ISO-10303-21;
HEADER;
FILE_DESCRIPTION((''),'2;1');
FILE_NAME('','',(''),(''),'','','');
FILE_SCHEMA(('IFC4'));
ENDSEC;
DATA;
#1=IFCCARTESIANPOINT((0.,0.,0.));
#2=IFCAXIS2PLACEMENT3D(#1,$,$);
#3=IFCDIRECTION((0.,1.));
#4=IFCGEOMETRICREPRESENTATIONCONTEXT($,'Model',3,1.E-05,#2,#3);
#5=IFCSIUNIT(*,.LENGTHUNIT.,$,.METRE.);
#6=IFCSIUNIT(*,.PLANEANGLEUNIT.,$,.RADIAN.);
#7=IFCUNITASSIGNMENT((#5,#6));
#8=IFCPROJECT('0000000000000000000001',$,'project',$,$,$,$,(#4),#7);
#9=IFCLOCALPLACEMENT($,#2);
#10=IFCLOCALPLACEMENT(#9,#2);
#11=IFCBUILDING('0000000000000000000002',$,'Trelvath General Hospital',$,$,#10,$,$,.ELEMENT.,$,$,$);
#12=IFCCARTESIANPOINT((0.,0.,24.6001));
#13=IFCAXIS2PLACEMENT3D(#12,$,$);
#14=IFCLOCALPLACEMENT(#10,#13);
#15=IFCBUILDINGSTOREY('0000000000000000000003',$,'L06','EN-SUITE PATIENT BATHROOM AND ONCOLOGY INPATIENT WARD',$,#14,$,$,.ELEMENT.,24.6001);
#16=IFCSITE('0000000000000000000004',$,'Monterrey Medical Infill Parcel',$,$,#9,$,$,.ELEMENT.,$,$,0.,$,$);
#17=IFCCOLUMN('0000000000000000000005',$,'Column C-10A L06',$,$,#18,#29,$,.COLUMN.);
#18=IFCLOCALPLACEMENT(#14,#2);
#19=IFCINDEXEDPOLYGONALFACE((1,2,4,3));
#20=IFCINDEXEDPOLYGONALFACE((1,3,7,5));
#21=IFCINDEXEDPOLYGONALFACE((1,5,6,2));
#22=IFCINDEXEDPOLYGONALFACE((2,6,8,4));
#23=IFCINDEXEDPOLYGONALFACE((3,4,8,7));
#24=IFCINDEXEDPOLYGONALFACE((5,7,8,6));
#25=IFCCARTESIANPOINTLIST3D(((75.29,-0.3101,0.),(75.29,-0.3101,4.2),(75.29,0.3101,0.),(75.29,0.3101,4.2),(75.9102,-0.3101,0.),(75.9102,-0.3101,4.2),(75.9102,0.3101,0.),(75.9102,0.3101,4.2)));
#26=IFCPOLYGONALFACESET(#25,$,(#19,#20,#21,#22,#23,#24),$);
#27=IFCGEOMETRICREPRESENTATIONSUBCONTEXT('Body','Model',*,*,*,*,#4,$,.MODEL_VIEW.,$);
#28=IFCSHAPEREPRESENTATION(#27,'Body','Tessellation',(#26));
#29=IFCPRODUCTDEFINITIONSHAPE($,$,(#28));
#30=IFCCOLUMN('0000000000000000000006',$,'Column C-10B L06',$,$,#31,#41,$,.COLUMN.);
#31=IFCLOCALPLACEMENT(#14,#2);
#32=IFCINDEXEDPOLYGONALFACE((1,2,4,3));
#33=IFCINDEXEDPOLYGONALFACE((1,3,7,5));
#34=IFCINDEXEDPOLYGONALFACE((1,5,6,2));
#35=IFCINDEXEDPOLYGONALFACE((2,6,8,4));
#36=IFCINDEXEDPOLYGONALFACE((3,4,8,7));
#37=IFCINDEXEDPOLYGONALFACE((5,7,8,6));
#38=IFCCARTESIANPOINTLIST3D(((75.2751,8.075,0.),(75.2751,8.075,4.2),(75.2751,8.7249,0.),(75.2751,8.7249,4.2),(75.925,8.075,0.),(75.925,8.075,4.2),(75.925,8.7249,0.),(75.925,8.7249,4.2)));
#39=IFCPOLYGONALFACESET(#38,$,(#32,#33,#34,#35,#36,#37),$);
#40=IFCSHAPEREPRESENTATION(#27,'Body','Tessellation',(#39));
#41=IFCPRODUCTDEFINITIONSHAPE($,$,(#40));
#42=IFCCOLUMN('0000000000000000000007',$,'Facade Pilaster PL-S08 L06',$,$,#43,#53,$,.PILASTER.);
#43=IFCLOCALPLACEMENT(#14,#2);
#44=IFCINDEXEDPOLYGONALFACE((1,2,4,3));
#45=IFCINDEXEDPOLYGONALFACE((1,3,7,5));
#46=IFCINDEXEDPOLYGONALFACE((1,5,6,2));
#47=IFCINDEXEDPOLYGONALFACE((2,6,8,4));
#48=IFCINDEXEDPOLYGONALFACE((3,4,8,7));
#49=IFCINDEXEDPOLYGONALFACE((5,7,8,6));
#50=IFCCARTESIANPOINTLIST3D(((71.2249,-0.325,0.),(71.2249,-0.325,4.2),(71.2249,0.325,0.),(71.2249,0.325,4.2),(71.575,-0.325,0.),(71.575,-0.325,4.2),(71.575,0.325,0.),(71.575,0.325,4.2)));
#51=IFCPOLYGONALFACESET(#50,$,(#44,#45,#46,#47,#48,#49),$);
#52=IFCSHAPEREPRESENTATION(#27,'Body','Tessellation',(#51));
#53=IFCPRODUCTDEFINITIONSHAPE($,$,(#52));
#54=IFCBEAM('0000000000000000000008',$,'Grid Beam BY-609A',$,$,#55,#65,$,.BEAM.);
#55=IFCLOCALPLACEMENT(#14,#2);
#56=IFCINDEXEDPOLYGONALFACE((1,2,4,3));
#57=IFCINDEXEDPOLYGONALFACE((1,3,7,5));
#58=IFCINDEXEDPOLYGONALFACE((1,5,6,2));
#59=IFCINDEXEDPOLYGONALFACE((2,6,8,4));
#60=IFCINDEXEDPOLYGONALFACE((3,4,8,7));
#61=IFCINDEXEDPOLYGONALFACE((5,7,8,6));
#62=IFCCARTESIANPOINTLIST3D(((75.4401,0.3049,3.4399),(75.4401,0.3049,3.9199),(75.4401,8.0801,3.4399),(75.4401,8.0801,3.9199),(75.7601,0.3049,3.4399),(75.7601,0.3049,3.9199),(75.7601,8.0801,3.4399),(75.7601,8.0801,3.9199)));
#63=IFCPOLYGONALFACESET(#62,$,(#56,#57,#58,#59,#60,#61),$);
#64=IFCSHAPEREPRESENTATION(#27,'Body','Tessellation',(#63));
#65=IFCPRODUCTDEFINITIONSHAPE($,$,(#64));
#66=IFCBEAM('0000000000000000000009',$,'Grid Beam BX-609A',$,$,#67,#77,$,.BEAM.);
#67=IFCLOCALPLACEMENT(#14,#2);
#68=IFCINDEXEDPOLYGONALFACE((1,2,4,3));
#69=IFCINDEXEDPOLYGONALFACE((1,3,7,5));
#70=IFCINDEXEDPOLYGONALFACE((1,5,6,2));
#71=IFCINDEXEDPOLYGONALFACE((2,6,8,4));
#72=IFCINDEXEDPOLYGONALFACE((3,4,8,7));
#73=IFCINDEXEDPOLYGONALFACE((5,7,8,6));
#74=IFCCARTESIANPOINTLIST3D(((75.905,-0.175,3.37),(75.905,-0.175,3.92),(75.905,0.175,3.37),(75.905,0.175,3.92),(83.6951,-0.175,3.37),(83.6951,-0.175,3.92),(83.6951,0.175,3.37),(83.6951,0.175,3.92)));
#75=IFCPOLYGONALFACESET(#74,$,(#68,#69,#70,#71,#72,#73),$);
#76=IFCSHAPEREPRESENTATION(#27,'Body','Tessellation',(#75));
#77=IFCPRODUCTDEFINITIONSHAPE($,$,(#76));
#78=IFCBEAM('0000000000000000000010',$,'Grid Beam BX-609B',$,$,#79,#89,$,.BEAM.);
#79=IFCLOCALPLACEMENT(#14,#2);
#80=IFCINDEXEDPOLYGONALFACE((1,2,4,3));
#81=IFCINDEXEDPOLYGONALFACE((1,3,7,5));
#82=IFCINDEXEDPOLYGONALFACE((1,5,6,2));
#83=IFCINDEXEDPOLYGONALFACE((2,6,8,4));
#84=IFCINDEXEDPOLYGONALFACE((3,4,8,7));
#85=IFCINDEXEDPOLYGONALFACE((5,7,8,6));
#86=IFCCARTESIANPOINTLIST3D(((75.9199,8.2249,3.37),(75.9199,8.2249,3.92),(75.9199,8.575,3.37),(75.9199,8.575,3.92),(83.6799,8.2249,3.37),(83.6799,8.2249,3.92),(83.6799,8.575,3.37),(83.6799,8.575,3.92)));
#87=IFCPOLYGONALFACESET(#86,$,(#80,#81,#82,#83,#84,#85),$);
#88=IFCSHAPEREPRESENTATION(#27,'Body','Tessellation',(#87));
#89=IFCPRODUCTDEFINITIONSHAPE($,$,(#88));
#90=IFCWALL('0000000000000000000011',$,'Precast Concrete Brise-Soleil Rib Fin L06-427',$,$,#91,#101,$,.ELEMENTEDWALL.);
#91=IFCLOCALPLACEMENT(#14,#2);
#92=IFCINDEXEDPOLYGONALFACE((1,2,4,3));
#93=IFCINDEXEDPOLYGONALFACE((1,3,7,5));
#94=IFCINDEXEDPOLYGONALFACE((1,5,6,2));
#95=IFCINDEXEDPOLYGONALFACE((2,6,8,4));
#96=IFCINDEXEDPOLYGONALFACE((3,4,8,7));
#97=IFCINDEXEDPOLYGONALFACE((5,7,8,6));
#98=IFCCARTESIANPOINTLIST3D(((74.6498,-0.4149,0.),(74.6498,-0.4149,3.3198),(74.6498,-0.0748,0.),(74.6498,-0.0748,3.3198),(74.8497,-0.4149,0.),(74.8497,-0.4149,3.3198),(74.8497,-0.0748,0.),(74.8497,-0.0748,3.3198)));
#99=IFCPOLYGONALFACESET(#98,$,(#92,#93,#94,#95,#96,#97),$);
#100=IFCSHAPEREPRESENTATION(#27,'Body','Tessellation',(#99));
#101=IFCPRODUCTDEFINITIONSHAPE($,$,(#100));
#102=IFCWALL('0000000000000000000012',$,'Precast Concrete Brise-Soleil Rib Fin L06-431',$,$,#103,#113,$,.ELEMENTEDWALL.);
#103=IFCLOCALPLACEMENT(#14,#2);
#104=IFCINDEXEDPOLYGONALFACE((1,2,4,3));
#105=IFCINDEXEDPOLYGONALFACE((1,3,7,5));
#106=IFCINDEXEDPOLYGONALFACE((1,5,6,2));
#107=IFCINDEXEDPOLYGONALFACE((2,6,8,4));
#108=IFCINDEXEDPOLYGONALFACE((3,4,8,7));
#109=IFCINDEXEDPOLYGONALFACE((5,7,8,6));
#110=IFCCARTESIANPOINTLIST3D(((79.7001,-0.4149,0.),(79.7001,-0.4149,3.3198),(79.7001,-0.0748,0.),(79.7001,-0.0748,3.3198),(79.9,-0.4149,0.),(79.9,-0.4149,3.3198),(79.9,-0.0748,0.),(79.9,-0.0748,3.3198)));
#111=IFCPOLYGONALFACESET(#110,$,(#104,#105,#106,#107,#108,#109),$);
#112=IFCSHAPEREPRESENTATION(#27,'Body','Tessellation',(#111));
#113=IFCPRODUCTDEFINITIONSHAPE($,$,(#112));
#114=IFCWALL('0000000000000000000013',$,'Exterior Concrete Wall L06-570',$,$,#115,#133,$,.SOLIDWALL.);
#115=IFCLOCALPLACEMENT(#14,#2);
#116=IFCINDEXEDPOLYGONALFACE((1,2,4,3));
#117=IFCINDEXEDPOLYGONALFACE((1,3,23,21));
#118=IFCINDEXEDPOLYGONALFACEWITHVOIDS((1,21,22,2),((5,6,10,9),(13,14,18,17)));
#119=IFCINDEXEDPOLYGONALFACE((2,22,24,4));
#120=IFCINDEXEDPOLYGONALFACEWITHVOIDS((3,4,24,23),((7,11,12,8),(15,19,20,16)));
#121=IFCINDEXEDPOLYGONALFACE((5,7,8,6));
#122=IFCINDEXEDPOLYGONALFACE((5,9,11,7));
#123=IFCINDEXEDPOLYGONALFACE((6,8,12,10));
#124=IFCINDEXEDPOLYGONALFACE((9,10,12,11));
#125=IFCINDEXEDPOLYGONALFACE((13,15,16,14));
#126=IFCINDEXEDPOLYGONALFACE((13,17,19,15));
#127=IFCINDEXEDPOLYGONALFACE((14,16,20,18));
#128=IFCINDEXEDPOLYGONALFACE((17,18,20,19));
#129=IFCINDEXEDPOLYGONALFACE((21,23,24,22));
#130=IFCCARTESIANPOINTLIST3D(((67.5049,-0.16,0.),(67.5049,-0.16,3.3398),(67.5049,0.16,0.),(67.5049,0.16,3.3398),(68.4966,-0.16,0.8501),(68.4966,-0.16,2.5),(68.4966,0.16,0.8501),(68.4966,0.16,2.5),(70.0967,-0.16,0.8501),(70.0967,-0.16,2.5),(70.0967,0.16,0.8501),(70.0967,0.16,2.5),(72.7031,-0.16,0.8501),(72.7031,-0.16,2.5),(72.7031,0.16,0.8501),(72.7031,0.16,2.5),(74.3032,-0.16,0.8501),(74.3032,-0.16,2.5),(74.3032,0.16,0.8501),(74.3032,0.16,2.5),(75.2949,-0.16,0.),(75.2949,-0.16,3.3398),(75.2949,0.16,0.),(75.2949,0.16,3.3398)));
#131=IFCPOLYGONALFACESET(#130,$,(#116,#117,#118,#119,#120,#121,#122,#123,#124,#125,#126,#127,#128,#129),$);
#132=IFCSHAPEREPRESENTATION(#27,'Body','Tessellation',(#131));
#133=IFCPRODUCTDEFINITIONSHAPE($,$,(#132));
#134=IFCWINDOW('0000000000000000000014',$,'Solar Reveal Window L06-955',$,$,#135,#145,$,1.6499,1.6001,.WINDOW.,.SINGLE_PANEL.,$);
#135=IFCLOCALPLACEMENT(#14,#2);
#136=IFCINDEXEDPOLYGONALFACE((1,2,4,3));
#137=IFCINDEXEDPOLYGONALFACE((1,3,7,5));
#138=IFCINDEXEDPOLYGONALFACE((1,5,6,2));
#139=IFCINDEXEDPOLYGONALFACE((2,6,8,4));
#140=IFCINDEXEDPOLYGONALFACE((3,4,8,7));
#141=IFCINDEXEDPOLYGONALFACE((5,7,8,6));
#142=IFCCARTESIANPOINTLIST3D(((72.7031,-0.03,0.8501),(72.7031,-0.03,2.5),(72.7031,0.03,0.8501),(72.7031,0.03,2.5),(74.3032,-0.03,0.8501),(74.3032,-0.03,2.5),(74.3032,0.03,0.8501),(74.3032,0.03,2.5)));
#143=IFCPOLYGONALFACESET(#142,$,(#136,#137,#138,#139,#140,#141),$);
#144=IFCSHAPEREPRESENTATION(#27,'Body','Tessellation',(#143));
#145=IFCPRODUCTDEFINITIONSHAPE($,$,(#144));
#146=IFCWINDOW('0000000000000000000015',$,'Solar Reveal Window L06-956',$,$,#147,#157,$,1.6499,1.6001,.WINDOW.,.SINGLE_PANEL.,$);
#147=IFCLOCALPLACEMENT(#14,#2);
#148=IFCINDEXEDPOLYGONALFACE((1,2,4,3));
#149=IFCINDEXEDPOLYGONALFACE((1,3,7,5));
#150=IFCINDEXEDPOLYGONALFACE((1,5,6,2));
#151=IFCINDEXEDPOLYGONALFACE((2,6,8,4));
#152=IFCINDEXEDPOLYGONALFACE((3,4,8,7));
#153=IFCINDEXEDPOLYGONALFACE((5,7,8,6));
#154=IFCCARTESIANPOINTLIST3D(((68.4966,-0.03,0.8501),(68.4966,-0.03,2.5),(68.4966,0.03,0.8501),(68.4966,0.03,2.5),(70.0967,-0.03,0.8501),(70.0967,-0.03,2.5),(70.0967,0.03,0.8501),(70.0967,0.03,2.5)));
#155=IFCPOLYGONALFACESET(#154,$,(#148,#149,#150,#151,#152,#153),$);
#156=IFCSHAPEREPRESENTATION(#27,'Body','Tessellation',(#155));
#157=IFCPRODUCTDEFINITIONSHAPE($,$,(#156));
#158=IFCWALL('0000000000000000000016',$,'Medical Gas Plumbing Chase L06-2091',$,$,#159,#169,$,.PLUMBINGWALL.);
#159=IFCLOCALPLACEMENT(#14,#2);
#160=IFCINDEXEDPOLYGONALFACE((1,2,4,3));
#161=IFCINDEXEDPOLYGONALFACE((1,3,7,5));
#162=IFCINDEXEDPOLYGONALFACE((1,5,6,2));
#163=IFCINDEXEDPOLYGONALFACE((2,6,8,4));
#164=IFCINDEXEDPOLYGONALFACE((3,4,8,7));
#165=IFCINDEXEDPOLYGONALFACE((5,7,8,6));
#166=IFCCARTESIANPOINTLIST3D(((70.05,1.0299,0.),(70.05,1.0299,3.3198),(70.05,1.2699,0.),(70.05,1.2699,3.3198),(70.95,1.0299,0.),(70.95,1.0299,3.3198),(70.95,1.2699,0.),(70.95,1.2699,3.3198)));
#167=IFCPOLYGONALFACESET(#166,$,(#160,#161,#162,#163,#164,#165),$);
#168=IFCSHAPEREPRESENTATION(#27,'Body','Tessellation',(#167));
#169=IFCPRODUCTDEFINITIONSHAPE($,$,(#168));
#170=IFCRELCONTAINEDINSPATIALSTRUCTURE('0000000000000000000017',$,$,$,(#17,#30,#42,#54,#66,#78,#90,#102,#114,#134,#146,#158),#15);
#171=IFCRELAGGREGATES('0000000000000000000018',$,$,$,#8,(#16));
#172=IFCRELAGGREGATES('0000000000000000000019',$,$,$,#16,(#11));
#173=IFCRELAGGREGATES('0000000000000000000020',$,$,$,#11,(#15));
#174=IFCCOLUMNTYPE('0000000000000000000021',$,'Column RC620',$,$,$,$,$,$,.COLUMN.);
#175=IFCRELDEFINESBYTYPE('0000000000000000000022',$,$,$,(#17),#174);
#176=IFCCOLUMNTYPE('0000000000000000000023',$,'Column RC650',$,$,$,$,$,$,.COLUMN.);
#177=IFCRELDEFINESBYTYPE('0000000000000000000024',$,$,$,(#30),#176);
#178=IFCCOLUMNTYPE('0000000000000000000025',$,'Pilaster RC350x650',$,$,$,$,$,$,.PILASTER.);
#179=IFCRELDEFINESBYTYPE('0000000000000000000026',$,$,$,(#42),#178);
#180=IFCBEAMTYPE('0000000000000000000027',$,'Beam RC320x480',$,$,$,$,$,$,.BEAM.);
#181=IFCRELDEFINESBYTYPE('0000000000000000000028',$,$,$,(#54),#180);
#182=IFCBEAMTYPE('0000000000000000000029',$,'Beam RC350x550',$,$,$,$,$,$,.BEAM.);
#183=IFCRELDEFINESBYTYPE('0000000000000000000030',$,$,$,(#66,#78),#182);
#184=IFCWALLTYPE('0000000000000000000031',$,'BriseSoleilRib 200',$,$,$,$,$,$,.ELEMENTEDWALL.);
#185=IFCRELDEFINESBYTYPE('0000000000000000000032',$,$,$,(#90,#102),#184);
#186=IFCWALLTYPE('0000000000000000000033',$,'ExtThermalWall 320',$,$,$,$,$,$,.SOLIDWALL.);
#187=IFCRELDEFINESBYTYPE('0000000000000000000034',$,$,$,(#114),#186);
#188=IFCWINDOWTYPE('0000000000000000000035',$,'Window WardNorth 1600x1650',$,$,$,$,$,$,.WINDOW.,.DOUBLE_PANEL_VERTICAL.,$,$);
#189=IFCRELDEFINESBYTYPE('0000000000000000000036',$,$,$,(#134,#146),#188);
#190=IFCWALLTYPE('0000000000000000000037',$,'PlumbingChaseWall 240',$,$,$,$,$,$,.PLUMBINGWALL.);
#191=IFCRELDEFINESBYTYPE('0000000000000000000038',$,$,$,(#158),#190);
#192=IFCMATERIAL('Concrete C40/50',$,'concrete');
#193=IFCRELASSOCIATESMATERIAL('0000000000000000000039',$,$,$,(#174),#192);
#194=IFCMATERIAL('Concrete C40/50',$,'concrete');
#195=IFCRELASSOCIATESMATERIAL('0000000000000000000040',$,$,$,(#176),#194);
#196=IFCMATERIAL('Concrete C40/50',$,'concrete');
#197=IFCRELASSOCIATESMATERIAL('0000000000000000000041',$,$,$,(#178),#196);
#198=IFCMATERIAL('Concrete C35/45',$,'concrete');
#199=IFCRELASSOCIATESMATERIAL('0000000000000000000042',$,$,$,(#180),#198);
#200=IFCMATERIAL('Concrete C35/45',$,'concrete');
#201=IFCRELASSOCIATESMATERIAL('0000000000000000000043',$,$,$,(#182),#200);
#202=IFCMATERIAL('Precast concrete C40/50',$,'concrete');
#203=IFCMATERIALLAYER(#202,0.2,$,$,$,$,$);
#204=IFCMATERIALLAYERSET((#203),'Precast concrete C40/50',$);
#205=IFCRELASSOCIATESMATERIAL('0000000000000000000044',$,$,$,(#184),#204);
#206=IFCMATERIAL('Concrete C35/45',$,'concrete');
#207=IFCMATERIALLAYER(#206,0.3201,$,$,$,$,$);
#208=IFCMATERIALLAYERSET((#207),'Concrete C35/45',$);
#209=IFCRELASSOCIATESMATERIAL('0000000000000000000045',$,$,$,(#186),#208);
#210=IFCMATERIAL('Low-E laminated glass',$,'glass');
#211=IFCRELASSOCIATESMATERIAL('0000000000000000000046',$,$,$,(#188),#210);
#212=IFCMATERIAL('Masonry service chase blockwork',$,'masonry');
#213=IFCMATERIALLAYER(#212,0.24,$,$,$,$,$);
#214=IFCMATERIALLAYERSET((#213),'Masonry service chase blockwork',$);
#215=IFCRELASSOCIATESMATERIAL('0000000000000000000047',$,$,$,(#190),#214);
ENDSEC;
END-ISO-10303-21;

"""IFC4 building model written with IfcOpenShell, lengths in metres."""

from ifc_helpers import new_model, si_unit, direction, frame, frame_2d, origin, origin_2d, place, context, subcontext, project, spatial, rectangle, extrude, material, layer, layer_set, material_profile, profile_set, type_object, element, fill, save


model = new_model("IFC4")

# Units and contexts
model_context = context("Model", 3, precision=1e-05, world=origin(), true_north=direction((0.0, 1.0)))
body_context = subcontext(model_context, "Body", "Model", "MODEL_VIEW")
ifc_project = project(units=[si_unit("LENGTHUNIT", "METRE"), si_unit("PLANEANGLEUNIT", "RADIAN")], contexts=[model_context])

# Site, building, storey
site_placement = place(None, origin())
site = spatial("IfcSite", under=ifc_project, at=site_placement, Name="Monterrey Medical Infill Parcel", CompositionType="ELEMENT", RefElevation=0.0)
building_placement = place(site_placement, origin())
building = spatial("IfcBuilding", under=site, at=building_placement, Name="Trelvath General Hospital", CompositionType="ELEMENT")
storey_placement = place(building_placement, frame((0.0, 0.0, 24.6001)))
storey = spatial("IfcBuildingStorey", under=building, at=storey_placement, Name="L06", Description="EN-SUITE PATIENT BATHROOM AND ONCOLOGY INPATIENT WARD", CompositionType="ELEMENT", Elevation=24.6001)

# Columns
ifc_material_1 = material(Name="Concrete C40/50", Category="concrete")
ifc_material_profile_1 = material_profile(ifc_material_1, rectangle(XDim=0.6201, YDim=0.6201, at=origin_2d()), Name="RC620x620")
ifc_profile_set_1 = profile_set([ifc_material_profile_1], Name="Concrete C40/50")
column_type_1 = type_object("IfcColumnType", Name="Column RC620", PredefinedType="COLUMN", material=ifc_profile_set_1)
column_1_placement = place(storey_placement, frame((75.6001, 0.0, 0.0), z_axis=(0.0, 0.0, 1.0), x_axis=(1.0, 0.0, 0.0)))
element("IfcColumn", 1, at=column_1_placement, inside=storey, type_object=column_type_1, Name="Column C-10A L06", PredefinedType="COLUMN", context=body_context, shape_type="SweptSolid", body=[
    extrude(rectangle(XDim=0.6201, YDim=0.6201, at=origin_2d()), origin(), (0.0, 0.0, 1.0), 4.2),
])
ifc_material_2 = material(Name="Concrete C40/50", Category="concrete")
ifc_material_profile_2 = material_profile(ifc_material_2, rectangle(XDim=0.6499, YDim=0.6499, at=origin_2d()), Name="RC650x650")
ifc_profile_set_2 = profile_set([ifc_material_profile_2], Name="Concrete C40/50")
column_type_2 = type_object("IfcColumnType", Name="Column RC650", PredefinedType="COLUMN", material=ifc_profile_set_2)
column_2_placement = place(storey_placement, frame((75.6001, 8.3999, 0.0), z_axis=(0.0, 0.0, 1.0), x_axis=(1.0, 0.0, 0.0)))
element("IfcColumn", 2, at=column_2_placement, inside=storey, type_object=column_type_2, Name="Column C-10B L06", PredefinedType="COLUMN", context=body_context, shape_type="SweptSolid", body=[
    extrude(rectangle(XDim=0.6499, YDim=0.6499, at=origin_2d()), origin(), (0.0, 0.0, 1.0), 4.2),
])
ifc_material_3 = material(Name="Concrete C40/50", Category="concrete")
ifc_material_profile_3 = material_profile(ifc_material_3, rectangle(XDim=0.3501, YDim=0.6499, at=origin_2d()), Name="RC350x650")
ifc_profile_set_3 = profile_set([ifc_material_profile_3], Name="Concrete C40/50")
column_type_3 = type_object("IfcColumnType", Name="Pilaster RC350x650", PredefinedType="PILASTER", material=ifc_profile_set_3)
column_3_placement = place(storey_placement, frame((71.3999, 0.0, 0.0), z_axis=(0.0, 0.0, 1.0), x_axis=(1.0, 0.0, 0.0)))
element("IfcColumn", 3, at=column_3_placement, inside=storey, type_object=column_type_3, Name="Facade Pilaster PL-S08 L06", PredefinedType="PILASTER", context=body_context, shape_type="SweptSolid", body=[
    extrude(rectangle(XDim=0.3501, YDim=0.6499, at=origin_2d()), origin(), (0.0, 0.0, 1.0), 4.2),
])

# Beams
ifc_material_4 = material(Name="Concrete C35/45", Category="concrete")
ifc_material_profile_4 = material_profile(ifc_material_4, rectangle(XDim=0.3201, YDim=0.48, at=origin_2d()), Name="RCB320x480")
ifc_profile_set_4 = profile_set([ifc_material_profile_4], Name="Concrete C35/45")
beam_type_1 = type_object("IfcBeamType", Name="Beam RC320x480", PredefinedType="BEAM", material=ifc_profile_set_4)
beam_1_placement = place(storey_placement, frame((75.6001, 0.3049, 3.6799), z_axis=(0.0, 1.0, 0.0), x_axis=(-1.0, 0.0, 0.0)))
element("IfcBeam", 4, at=beam_1_placement, inside=storey, type_object=beam_type_1, Name="Grid Beam BY-609A", PredefinedType="BEAM", context=body_context, shape_type="SweptSolid", body=[
    extrude(rectangle(XDim=0.3201, YDim=0.48, at=origin_2d()), origin(), (0.0, 0.0, 1.0), 7.7751),
])
ifc_material_5 = material(Name="Concrete C35/45", Category="concrete")
ifc_material_profile_5 = material_profile(ifc_material_5, rectangle(XDim=0.3501, YDim=0.55, at=origin_2d()), Name="RCB350x550")
ifc_profile_set_5 = profile_set([ifc_material_profile_5], Name="Concrete C35/45")
beam_type_2 = type_object("IfcBeamType", Name="Beam RC350x550", PredefinedType="BEAM", material=ifc_profile_set_5)
beam_2_placement = place(storey_placement, frame((75.905, 0.0, 3.645), z_axis=(1.0, 0.0, 0.0), x_axis=(0.0, 1.0, 0.0)))
element("IfcBeam", 5, at=beam_2_placement, inside=storey, type_object=beam_type_2, Name="Grid Beam BX-609A", PredefinedType="BEAM", context=body_context, shape_type="SweptSolid", body=[
    extrude(rectangle(XDim=0.3501, YDim=0.55, at=origin_2d()), origin(), (0.0, 0.0, 1.0), 7.79),
])
beam_3_placement = place(storey_placement, frame((75.9199, 8.3999, 3.645), z_axis=(1.0, 0.0, 0.0), x_axis=(0.0, 1.0, 0.0)))
element("IfcBeam", 6, at=beam_3_placement, inside=storey, type_object=beam_type_2, Name="Grid Beam BX-609B", PredefinedType="BEAM", context=body_context, shape_type="SweptSolid", body=[
    extrude(rectangle(XDim=0.3501, YDim=0.55, at=origin_2d()), origin(), (0.0, 0.0, 1.0), 7.76),
])

# Walls
ifc_material_6 = material(Name="Precast concrete C40/50", Category="concrete")
ifc_layer_1 = layer(ifc_material_6, 0.2)
ifc_layer_set_1 = layer_set([ifc_layer_1], Name="Precast concrete C40/50")
wall_type_1 = type_object("IfcWallType", Name="BriseSoleilRib 200", PredefinedType="ELEMENTEDWALL", material=ifc_layer_set_1)
for number, where, z_axis, x_axis, name in (
    (7, (74.7498, -0.075, 0.0), (0.0, 0.0, 1.0), (0.0, -1.0, 0.0), "Precast Concrete Brise-Soleil Rib Fin L06-427"),
    (8, (79.8, -0.075, 0.0), (0.0, 0.0, 1.0), (0.0, -1.0, 0.0), "Precast Concrete Brise-Soleil Rib Fin L06-431"),
):
    element("IfcWall", number, at=place(storey_placement, frame(where, z_axis=z_axis, x_axis=x_axis)), inside=storey, type_object=wall_type_1, Name=name, PredefinedType="ELEMENTEDWALL", context=body_context, shape_type="SweptSolid", body=[
        extrude(rectangle(XDim=0.3401, YDim=0.2, at=frame_2d((0.1699, 0.0))), origin(), (0.0, 0.0, 1.0), 3.3198),
    ])

# Wall, openings, windows
ifc_material_7 = material(Name="Concrete C35/45", Category="concrete")
ifc_layer_2 = layer(ifc_material_7, 0.3201)
ifc_layer_set_2 = layer_set([ifc_layer_2], Name="Concrete C35/45")
wall_type_2 = type_object("IfcWallType", Name="ExtThermalWall 320", PredefinedType="SOLIDWALL", material=ifc_layer_set_2)
wall_1_placement = place(storey_placement, frame((75.2949, 0.0, 0.0), z_axis=(0.0, 0.0, 1.0), x_axis=(-1.0, 0.0, 0.0)))
wall_1 = element("IfcWall", 9, at=wall_1_placement, inside=storey, type_object=wall_type_2, Name="Exterior Concrete Wall L06-570", PredefinedType="SOLIDWALL", context=body_context, shape_type="SweptSolid", body=[
    extrude(rectangle(XDim=7.79, YDim=0.3201, at=frame_2d((3.895, 0.0))), origin(), (0.0, 0.0, 1.0), 3.3398),
])
opening_1_placement = place(wall_1_placement, frame((0.9917, 0.0, 0.8501)))
opening_1 = element("IfcOpeningElement", 10, at=opening_1_placement, cuts=wall_1, PredefinedType="OPENING", context=body_context, shape_type="SweptSolid", body=[
    extrude(rectangle(XDim=1.6001, YDim=1.6499, at=frame_2d((0.8, 0.825))), frame((0.0, 0.1699, 0.0), z_axis=(0.0, -1.0, 0.0), x_axis=(1.0, 0.0, 0.0)), (0.0, 0.0, 1.0), 0.3401),
])
opening_2_placement = place(wall_1_placement, frame((5.1982, 0.0, 0.8501)))
opening_2 = element("IfcOpeningElement", 11, at=opening_2_placement, cuts=wall_1, PredefinedType="OPENING", context=body_context, shape_type="SweptSolid", body=[
    extrude(rectangle(XDim=1.6001, YDim=1.6499, at=frame_2d((0.8, 0.825))), frame((0.0, 0.1699, 0.0), z_axis=(0.0, -1.0, 0.0), x_axis=(1.0, 0.0, 0.0)), (0.0, 0.0, 1.0), 0.3401),
])
ifc_material_8 = material(Name="Low-E laminated glass", Category="glass")
window_type = type_object("IfcWindowType", Name="Window WardNorth 1600x1650", PartitioningType="DOUBLE_PANEL_VERTICAL", PredefinedType="WINDOW", material=ifc_material_8)
window_1_placement = place(opening_1_placement, origin())
window_1 = element("IfcWindow", 12, at=window_1_placement, inside=storey, type_object=window_type, Name="Solar Reveal Window L06-955", OverallHeight=1.6499, OverallWidth=1.6001, PartitioningType="SINGLE_PANEL", PredefinedType="WINDOW", context=body_context, shape_type="SweptSolid", body=[
    extrude(rectangle(XDim=1.6001, YDim=1.6499, at=frame_2d((0.8, 0.825))), frame((0.0, 0.03, 0.0), z_axis=(0.0, -1.0, 0.0), x_axis=(1.0, 0.0, 0.0)), (0.0, 0.0, 1.0), 0.0601),
])
fill(opening_1, window_1)
window_2_placement = place(opening_2_placement, origin())
window_2 = element("IfcWindow", 13, at=window_2_placement, inside=storey, type_object=window_type, Name="Solar Reveal Window L06-956", OverallHeight=1.6499, OverallWidth=1.6001, PartitioningType="SINGLE_PANEL", PredefinedType="WINDOW", context=body_context, shape_type="SweptSolid", body=[
    extrude(rectangle(XDim=1.6001, YDim=1.6499, at=frame_2d((0.8, 0.825))), frame((0.0, 0.03, 0.0), z_axis=(0.0, -1.0, 0.0), x_axis=(1.0, 0.0, 0.0)), (0.0, 0.0, 1.0), 0.0601),
])
fill(opening_2, window_2)

# Wall
ifc_material_9 = material(Name="Masonry service chase blockwork", Category="masonry")
ifc_layer_3 = layer(ifc_material_9, 0.24)
ifc_layer_set_3 = layer_set([ifc_layer_3], Name="Masonry service chase blockwork")
wall_type_3 = type_object("IfcWallType", Name="PlumbingChaseWall 240", PredefinedType="PLUMBINGWALL", material=ifc_layer_set_3)
wall_2_placement = place(storey_placement, frame((70.05, 1.1499, 0.0), z_axis=(0.0, 0.0, 1.0), x_axis=(1.0, 0.0, 0.0)))
element("IfcWall", 14, at=wall_2_placement, inside=storey, type_object=wall_type_3, Name="Medical Gas Plumbing Chase L06-2091", PredefinedType="PLUMBINGWALL", context=body_context, shape_type="SweptSolid", body=[
    extrude(rectangle(XDim=0.8999, YDim=0.24, at=frame_2d((0.45, 0.0))), origin(), (0.0, 0.0, 1.0), 3.3198),
])

save(model, "model.ifc")
